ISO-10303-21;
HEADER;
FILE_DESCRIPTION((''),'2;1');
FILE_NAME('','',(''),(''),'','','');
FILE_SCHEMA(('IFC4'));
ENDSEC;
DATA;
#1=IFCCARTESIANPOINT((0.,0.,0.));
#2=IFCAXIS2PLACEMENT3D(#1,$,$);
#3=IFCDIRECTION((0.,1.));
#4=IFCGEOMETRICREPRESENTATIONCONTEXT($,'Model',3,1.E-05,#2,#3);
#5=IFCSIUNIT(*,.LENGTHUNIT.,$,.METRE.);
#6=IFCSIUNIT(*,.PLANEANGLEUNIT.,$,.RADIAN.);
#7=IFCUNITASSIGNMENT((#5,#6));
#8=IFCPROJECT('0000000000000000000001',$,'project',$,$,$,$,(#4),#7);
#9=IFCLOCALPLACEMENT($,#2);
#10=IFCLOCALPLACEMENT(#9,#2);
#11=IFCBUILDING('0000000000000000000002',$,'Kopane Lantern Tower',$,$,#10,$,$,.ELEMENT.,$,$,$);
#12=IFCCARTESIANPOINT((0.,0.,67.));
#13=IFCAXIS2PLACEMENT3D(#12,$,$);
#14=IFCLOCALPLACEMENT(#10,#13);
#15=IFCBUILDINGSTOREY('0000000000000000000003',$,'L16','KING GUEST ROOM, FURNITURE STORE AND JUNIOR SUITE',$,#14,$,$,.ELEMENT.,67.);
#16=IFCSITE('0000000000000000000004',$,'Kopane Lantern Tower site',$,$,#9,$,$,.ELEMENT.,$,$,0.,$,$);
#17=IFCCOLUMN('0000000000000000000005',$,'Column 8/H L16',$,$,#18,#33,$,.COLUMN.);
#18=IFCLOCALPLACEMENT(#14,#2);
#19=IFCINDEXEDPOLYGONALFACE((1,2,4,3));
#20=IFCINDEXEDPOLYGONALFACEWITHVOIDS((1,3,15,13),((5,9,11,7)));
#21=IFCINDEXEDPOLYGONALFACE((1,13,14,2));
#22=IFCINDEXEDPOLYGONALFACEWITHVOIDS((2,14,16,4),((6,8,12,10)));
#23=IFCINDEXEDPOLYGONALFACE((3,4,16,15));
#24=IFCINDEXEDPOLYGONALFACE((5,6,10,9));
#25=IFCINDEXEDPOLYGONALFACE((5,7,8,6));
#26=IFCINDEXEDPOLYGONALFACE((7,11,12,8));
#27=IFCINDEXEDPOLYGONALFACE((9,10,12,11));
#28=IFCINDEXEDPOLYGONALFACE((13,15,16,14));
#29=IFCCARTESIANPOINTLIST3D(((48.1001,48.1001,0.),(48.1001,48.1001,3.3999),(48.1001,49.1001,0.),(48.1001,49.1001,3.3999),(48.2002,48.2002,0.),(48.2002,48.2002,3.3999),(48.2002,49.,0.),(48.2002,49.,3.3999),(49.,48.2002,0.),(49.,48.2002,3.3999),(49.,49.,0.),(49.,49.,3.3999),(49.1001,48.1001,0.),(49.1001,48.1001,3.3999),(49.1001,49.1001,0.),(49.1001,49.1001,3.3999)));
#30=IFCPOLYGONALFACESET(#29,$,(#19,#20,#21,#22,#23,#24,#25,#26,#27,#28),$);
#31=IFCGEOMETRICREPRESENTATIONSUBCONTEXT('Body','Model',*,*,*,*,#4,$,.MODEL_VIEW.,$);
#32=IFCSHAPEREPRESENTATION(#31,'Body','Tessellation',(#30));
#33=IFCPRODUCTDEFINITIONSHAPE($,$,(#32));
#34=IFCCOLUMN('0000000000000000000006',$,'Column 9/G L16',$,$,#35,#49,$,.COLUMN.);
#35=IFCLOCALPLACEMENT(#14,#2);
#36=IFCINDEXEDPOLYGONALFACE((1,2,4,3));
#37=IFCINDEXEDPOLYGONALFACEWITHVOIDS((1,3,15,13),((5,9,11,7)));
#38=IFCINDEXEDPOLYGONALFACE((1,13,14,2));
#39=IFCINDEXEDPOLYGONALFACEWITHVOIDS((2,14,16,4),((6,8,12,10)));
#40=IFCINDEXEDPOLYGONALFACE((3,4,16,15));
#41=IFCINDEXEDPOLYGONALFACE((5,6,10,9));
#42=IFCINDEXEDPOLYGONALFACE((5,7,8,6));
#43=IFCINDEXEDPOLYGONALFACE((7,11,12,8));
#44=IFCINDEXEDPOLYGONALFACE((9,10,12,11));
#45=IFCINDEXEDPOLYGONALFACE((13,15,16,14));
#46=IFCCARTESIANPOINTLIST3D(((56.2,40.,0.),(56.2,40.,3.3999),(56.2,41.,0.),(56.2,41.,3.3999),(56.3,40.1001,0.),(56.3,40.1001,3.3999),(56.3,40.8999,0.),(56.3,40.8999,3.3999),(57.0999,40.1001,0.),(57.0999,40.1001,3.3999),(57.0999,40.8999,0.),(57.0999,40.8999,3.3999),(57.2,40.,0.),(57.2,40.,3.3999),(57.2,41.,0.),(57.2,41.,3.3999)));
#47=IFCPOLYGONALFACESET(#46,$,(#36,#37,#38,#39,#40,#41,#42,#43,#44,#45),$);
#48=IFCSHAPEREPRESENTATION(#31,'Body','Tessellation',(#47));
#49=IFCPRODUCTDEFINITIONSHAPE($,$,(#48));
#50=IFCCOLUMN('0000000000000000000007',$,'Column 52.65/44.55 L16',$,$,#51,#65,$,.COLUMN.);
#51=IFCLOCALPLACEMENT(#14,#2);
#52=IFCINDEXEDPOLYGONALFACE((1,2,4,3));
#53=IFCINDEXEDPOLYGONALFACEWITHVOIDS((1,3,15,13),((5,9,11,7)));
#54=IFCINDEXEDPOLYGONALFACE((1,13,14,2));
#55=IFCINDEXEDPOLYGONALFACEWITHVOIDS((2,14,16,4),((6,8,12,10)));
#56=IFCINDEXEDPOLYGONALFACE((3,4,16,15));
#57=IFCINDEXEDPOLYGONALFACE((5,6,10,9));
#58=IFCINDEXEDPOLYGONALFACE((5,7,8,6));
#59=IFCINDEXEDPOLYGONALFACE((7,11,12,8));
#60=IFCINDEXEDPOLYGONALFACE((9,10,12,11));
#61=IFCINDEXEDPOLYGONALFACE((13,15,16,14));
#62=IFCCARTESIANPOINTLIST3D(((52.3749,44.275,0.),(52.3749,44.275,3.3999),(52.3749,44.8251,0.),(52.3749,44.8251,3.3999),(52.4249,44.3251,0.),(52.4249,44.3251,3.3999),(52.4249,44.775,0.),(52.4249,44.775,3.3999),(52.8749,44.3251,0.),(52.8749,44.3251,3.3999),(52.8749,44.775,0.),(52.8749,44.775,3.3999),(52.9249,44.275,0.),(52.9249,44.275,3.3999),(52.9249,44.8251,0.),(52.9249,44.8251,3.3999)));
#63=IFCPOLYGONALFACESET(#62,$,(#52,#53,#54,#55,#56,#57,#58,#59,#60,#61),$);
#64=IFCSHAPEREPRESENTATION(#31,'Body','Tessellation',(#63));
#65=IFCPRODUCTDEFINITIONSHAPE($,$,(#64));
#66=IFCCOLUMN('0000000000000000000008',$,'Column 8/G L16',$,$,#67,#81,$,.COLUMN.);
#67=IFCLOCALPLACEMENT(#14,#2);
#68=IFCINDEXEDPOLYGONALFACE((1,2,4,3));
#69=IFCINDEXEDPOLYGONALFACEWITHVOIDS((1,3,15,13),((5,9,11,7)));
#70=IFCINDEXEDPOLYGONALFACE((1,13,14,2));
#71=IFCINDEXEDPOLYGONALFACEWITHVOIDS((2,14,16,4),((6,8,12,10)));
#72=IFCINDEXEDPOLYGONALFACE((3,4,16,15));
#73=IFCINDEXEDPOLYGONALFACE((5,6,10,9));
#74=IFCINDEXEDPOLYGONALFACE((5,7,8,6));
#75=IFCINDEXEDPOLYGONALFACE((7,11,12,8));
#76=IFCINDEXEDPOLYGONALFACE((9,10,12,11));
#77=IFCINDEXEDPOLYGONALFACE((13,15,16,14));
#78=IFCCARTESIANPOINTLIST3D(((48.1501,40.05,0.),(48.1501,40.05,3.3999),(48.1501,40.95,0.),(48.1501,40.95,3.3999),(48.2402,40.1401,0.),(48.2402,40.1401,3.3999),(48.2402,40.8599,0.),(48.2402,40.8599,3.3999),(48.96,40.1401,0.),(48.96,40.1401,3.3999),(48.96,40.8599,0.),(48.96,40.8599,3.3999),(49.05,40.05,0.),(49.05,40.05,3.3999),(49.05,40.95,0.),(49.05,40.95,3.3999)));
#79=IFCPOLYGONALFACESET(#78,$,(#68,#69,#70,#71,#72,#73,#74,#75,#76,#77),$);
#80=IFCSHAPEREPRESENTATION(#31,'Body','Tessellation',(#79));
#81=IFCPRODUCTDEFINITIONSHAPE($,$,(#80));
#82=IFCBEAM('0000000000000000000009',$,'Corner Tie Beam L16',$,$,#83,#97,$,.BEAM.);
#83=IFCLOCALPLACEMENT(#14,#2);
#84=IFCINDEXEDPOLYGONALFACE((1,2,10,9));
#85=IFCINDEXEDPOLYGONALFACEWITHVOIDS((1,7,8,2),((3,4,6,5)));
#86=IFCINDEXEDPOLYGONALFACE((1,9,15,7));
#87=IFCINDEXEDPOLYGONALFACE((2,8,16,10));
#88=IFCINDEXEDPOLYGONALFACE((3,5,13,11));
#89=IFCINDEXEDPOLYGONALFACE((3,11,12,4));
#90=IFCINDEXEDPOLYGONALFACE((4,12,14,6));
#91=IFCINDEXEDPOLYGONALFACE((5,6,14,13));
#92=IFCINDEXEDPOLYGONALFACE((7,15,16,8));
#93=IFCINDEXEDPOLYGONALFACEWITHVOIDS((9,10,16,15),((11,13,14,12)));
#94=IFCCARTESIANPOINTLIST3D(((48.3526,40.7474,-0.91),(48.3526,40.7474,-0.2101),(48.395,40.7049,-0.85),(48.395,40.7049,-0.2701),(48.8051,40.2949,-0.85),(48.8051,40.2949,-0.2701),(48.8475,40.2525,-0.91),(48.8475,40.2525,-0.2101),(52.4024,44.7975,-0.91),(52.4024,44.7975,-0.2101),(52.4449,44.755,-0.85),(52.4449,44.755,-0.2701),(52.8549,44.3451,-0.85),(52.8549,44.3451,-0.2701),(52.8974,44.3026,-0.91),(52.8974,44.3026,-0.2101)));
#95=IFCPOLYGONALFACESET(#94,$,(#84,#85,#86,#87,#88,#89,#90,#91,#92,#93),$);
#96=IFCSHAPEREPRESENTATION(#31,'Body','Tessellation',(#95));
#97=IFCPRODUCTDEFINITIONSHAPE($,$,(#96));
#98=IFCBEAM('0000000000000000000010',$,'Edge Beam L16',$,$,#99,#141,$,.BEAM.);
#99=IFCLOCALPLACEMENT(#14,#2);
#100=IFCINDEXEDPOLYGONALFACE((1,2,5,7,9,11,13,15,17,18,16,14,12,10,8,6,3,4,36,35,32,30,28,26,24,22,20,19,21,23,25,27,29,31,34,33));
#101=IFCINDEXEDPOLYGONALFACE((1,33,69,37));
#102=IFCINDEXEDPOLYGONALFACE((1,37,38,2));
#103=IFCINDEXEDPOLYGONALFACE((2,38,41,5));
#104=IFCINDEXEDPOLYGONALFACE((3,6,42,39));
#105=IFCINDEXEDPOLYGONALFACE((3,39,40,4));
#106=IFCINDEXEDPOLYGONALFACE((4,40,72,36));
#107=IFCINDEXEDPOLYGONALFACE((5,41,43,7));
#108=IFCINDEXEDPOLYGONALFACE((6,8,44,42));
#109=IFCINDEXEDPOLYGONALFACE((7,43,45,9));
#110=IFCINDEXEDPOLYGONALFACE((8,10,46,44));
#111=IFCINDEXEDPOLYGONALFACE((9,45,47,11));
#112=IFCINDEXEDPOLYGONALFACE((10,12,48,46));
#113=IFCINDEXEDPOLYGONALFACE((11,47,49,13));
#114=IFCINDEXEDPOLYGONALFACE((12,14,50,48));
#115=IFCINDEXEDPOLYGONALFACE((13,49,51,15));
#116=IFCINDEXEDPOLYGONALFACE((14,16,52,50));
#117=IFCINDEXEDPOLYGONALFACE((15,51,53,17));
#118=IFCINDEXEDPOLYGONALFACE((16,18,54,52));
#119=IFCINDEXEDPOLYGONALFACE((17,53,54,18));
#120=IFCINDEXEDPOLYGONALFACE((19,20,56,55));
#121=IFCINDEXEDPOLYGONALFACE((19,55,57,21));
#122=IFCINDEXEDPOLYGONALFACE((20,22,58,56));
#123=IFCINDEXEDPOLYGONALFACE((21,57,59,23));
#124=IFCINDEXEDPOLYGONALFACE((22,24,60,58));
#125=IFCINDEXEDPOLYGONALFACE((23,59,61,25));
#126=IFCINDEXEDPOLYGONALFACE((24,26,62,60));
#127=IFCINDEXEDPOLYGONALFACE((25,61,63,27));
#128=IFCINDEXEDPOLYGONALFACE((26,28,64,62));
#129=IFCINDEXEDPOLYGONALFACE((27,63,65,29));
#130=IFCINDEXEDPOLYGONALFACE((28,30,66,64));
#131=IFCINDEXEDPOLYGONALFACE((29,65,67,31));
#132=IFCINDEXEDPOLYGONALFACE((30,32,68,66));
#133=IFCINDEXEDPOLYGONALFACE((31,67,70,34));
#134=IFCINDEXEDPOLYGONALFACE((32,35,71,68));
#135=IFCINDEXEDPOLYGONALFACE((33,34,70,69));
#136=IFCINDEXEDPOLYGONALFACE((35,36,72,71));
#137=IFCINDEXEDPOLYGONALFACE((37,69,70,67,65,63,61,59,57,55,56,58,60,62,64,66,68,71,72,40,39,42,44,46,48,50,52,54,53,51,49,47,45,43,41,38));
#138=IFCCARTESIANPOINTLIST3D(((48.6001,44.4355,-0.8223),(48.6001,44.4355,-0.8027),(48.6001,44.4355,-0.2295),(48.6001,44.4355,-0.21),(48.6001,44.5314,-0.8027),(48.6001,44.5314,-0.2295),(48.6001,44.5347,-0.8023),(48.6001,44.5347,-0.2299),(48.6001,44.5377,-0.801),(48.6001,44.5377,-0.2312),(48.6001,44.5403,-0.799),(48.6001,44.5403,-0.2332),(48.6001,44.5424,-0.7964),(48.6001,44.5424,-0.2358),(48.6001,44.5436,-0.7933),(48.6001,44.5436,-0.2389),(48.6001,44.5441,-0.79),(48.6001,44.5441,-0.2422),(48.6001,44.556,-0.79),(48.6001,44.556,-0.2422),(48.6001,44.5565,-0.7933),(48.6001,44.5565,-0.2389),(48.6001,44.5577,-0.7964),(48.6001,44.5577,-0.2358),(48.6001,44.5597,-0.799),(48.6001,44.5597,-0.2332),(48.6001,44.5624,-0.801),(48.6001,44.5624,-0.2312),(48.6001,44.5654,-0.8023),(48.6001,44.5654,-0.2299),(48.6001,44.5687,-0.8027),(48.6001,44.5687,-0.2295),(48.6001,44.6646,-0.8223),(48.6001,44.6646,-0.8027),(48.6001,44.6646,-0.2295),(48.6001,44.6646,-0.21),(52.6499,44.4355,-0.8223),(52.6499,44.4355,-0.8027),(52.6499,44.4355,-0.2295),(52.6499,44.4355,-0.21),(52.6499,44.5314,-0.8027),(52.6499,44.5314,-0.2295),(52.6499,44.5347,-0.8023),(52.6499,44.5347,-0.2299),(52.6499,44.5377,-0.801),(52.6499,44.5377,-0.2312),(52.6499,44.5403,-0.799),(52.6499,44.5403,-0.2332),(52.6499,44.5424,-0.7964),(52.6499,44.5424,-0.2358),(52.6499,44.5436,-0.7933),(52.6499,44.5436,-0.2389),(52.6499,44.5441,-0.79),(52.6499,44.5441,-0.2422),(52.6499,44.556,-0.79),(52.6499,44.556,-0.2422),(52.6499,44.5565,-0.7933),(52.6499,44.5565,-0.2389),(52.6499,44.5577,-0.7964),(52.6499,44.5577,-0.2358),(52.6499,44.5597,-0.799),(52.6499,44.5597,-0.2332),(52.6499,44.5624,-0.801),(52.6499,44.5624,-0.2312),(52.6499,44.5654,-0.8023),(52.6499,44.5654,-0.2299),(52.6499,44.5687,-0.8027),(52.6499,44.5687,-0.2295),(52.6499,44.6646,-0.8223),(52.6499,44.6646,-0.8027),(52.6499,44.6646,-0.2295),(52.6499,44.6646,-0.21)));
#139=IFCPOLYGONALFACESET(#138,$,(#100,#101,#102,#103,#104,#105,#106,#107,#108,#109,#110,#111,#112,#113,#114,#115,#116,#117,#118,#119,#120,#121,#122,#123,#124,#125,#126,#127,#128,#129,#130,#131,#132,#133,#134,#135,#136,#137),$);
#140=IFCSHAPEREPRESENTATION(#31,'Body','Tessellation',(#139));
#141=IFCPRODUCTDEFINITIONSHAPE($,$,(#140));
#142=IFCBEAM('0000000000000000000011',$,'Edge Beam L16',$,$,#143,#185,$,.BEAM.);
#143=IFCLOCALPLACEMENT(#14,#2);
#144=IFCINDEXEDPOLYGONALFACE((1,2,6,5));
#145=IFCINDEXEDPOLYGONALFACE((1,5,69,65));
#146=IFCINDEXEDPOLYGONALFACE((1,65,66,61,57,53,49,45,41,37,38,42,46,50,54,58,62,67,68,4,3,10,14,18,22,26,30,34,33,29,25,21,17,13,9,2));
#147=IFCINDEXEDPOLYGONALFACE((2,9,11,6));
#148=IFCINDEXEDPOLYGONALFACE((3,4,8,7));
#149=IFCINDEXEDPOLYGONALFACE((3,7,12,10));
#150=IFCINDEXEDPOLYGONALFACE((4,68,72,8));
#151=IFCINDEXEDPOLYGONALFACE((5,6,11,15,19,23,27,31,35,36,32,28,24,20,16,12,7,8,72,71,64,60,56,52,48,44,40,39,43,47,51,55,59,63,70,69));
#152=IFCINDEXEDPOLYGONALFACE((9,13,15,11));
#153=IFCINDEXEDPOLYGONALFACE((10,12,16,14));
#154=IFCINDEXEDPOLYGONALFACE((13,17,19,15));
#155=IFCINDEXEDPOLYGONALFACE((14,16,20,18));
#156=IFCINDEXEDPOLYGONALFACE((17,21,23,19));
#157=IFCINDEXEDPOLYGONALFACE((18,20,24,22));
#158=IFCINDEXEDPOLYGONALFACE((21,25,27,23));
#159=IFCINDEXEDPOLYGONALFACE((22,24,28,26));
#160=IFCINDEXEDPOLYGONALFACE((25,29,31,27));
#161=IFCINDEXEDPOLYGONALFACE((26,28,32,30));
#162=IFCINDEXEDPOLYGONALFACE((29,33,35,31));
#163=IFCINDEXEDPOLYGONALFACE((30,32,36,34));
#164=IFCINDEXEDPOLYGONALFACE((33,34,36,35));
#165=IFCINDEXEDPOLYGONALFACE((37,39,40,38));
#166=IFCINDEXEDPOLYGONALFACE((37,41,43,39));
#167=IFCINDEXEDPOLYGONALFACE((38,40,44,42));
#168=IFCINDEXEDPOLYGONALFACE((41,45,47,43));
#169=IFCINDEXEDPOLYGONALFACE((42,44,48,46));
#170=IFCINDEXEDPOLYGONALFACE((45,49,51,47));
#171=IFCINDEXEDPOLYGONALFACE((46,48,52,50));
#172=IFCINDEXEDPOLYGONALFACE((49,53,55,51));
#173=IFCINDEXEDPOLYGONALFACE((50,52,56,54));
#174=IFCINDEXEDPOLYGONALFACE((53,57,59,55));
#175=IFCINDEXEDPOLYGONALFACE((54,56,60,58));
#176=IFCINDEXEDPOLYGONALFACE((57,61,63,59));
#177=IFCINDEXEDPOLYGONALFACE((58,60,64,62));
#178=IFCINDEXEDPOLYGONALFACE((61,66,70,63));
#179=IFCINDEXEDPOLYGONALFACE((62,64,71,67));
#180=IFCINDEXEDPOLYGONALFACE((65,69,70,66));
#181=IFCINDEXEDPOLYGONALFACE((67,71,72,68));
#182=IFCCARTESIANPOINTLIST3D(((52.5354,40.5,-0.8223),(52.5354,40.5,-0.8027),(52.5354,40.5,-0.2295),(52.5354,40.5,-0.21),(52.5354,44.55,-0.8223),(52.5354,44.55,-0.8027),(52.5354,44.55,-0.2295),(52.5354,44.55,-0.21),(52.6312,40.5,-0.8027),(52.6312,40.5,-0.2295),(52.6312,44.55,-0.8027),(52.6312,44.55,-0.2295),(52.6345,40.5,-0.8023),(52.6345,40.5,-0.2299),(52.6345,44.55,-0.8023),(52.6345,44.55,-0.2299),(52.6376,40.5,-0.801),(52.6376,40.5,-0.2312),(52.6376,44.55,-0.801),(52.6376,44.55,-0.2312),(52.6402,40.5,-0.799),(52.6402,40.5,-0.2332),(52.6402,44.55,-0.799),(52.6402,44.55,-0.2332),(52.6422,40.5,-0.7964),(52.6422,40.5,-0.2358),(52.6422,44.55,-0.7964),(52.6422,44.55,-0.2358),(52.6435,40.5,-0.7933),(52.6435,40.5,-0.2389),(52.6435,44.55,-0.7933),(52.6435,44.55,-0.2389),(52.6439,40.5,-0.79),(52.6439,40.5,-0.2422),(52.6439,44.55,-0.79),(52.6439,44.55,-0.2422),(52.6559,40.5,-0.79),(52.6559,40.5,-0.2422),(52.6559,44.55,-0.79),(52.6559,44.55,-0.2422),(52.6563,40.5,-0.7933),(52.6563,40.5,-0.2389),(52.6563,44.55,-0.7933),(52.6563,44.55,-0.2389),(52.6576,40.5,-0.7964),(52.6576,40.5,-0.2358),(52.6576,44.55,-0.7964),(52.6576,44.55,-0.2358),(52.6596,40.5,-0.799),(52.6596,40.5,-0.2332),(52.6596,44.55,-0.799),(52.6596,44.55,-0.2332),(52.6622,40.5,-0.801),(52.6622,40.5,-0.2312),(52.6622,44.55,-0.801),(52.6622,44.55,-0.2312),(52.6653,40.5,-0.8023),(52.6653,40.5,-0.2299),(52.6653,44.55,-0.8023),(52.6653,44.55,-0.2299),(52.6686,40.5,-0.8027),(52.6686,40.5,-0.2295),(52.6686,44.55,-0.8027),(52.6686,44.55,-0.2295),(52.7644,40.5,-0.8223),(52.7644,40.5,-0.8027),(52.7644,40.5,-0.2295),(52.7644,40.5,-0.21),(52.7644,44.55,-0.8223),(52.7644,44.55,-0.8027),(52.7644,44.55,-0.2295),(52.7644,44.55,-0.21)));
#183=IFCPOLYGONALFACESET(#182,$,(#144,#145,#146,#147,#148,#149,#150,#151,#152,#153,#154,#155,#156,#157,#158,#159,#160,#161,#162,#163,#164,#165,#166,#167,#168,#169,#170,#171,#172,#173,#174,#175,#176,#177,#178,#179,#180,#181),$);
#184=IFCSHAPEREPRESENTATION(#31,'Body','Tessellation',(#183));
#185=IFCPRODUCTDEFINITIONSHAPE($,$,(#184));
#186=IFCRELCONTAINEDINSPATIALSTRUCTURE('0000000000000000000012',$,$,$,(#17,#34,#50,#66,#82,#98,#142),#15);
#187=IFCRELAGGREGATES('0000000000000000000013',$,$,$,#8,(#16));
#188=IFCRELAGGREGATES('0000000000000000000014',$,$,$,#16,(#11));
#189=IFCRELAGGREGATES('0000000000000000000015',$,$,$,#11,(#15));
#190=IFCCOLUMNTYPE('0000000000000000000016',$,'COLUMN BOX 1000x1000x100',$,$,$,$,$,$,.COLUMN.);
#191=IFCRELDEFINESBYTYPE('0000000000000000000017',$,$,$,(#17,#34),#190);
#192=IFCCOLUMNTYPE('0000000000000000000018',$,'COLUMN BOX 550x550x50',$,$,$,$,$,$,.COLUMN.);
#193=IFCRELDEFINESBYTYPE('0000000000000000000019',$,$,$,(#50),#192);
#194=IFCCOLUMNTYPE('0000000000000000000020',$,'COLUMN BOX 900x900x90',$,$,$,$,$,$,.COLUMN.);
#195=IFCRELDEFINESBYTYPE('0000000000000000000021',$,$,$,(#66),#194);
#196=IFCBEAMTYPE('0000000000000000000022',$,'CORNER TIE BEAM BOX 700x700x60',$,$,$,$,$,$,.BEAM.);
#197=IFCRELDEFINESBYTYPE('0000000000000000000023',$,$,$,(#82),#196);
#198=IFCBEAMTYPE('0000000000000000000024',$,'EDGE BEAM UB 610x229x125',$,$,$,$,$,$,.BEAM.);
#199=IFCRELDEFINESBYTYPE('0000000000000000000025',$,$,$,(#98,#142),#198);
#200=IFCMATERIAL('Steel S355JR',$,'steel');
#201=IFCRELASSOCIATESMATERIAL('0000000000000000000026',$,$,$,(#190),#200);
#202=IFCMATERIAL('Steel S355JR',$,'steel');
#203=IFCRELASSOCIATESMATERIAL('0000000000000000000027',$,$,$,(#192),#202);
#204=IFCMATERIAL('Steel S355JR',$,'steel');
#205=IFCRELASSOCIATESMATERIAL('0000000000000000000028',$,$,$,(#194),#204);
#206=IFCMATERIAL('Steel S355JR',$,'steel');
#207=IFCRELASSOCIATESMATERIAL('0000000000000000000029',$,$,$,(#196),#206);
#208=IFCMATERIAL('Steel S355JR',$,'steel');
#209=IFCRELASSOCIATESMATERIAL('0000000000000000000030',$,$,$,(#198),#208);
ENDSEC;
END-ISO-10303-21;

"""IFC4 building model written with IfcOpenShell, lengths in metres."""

from ifc_helpers import new_model, si_unit, direction, frame, origin, origin_2d, place, context, subcontext, project, spatial, hollow_rectangle, i_section, extrude, material, material_profile, profile_set, type_object, element, save


model = new_model("IFC4")

# Units and contexts
model_context = context("Model", 3, precision=1e-05, world=origin(), true_north=direction((0.0, 1.0)))
body_context = subcontext(model_context, "Body", "Model", "MODEL_VIEW")
ifc_project = project(units=[si_unit("LENGTHUNIT", "METRE"), si_unit("PLANEANGLEUNIT", "RADIAN")], contexts=[model_context])

# Site, building, storey
site_placement = place(None, origin())
site = spatial("IfcSite", under=ifc_project, at=site_placement, Name="Kopane Lantern Tower site", CompositionType="ELEMENT", RefElevation=0.0)
building_placement = place(site_placement, origin())
building = spatial("IfcBuilding", under=site, at=building_placement, Name="Kopane Lantern Tower", CompositionType="ELEMENT")
storey_placement = place(building_placement, frame((0.0, 0.0, 67.0)))
storey = spatial("IfcBuildingStorey", under=building, at=storey_placement, Name="L16", Description="KING GUEST ROOM, FURNITURE STORE AND JUNIOR SUITE", CompositionType="ELEMENT", Elevation=67.0)

# Columns
ifc_material_1 = material(Name="Steel S355JR", Category="steel")
ifc_material_profile_1 = material_profile(ifc_material_1, hollow_rectangle(XDim=1.0, YDim=1.0, WallThickness=0.1001, at=origin_2d()), Name="BOX 1000x1000x100")
ifc_profile_set_1 = profile_set([ifc_material_profile_1], Name="Steel S355JR")
column_type_1 = type_object("IfcColumnType", Name="COLUMN BOX 1000x1000x100", PredefinedType="COLUMN", material=ifc_profile_set_1)
for number, where, z_axis, x_axis, name in (
    (1, (48.6001, 48.6001, 0.0), (0.0, 0.0, 1.0), (1.0, 0.0, 0.0), "Column 8/H L16"),
    (2, (56.7, 40.5, 0.0), (0.0, 0.0, 1.0), (1.0, 0.0, 0.0), "Column 9/G L16"),
):
    element("IfcColumn", number, at=place(storey_placement, frame(where, z_axis=z_axis, x_axis=x_axis)), inside=storey, type_object=column_type_1, Name=name, PredefinedType="COLUMN", context=body_context, shape_type="SweptSolid", body=[
        extrude(hollow_rectangle(XDim=1.0, YDim=1.0, WallThickness=0.1001, at=origin_2d()), origin(), (0.0, 0.0, 1.0), 3.3999),
    ])
ifc_material_2 = material(Name="Steel S355JR", Category="steel")
ifc_material_profile_2 = material_profile(ifc_material_2, hollow_rectangle(XDim=0.55, YDim=0.55, WallThickness=0.05, at=origin_2d()), Name="BOX 550x550x50")
ifc_profile_set_2 = profile_set([ifc_material_profile_2], Name="Steel S355JR")
column_type_2 = type_object("IfcColumnType", Name="COLUMN BOX 550x550x50", PredefinedType="COLUMN", material=ifc_profile_set_2)
column_1_placement = place(storey_placement, frame((52.6499, 44.55, 0.0), z_axis=(0.0, 0.0, 1.0), x_axis=(1.0, 0.0, 0.0)))
element("IfcColumn", 3, at=column_1_placement, inside=storey, type_object=column_type_2, Name="Column 52.65/44.55 L16", PredefinedType="COLUMN", context=body_context, shape_type="SweptSolid", body=[
    extrude(hollow_rectangle(XDim=0.55, YDim=0.55, WallThickness=0.05, at=origin_2d()), origin(), (0.0, 0.0, 1.0), 3.3999),
])
ifc_material_3 = material(Name="Steel S355JR", Category="steel")
ifc_material_profile_3 = material_profile(ifc_material_3, hollow_rectangle(XDim=0.8999, YDim=0.8999, WallThickness=0.0901, at=origin_2d()), Name="BOX 900x900x90")
ifc_profile_set_3 = profile_set([ifc_material_profile_3], Name="Steel S355JR")
column_type_3 = type_object("IfcColumnType", Name="COLUMN BOX 900x900x90", PredefinedType="COLUMN", material=ifc_profile_set_3)
column_2_placement = place(storey_placement, frame((48.6001, 40.5, 0.0), z_axis=(0.0, 0.0, 1.0), x_axis=(1.0, 0.0, 0.0)))
element("IfcColumn", 4, at=column_2_placement, inside=storey, type_object=column_type_3, Name="Column 8/G L16", PredefinedType="COLUMN", context=body_context, shape_type="SweptSolid", body=[
    extrude(hollow_rectangle(XDim=0.8999, YDim=0.8999, WallThickness=0.0901, at=origin_2d()), origin(), (0.0, 0.0, 1.0), 3.3999),
])

# Beams
ifc_material_4 = material(Name="Steel S355JR", Category="steel")
ifc_material_profile_4 = material_profile(ifc_material_4, hollow_rectangle(XDim=0.7, YDim=0.7, WallThickness=0.0601, at=origin_2d()), Name="BOX 700x700x60")
ifc_profile_set_4 = profile_set([ifc_material_profile_4], Name="Steel S355JR")
beam_type_1 = type_object("IfcBeamType", Name="CORNER TIE BEAM BOX 700x700x60", PredefinedType="BEAM", material=ifc_profile_set_4)
beam_1_placement = place(storey_placement, frame((52.6499, 44.55, -0.5601), z_axis=(-0.707085, -0.707128, 0.0), x_axis=(0.707128, -0.707085, 0.0)))
element("IfcBeam", 5, at=beam_1_placement, inside=storey, type_object=beam_type_1, Name="Corner Tie Beam L16", PredefinedType="BEAM", context=body_context, shape_type="SweptSolid", body=[
    extrude(hollow_rectangle(XDim=0.7, YDim=0.7, WallThickness=0.0601, at=origin_2d()), origin(), (0.0, 0.0, 1.0), 5.7275),
])
ifc_material_5 = material(Name="Steel S355JR", Category="steel")
ifc_material_profile_5 = material_profile(ifc_material_5, i_section(OverallWidth=0.229, OverallDepth=0.6123, WebThickness=0.012, FlangeThickness=0.0195, FilletRadius=0.0127, at=origin_2d()), Name="UB 610x229x125")
ifc_profile_set_5 = profile_set([ifc_material_profile_5], Name="Steel S355JR")
beam_type_2 = type_object("IfcBeamType", Name="EDGE BEAM UB 610x229x125", PredefinedType="BEAM", material=ifc_profile_set_5)
beam_2_placement = place(storey_placement, frame((52.6499, 44.55, -0.5161), z_axis=(-1.0, 0.0, 0.0), x_axis=(0.0, -1.0, 0.0)))
element("IfcBeam", 6, at=beam_2_placement, inside=storey, type_object=beam_type_2, Name="Edge Beam L16", PredefinedType="BEAM", context=body_context, shape_type="SweptSolid", body=[
    extrude(i_section(OverallWidth=0.229, OverallDepth=0.6123, WebThickness=0.012, FlangeThickness=0.0195, FilletRadius=0.0127, at=origin_2d()), origin(), (0.0, 0.0, 1.0), 4.0498),
])
beam_3_placement = place(storey_placement, frame((52.6499, 44.55, -0.5161), z_axis=(0.0, -1.0, 0.0), x_axis=(1.0, 0.0, 0.0)))
element("IfcBeam", 7, at=beam_3_placement, inside=storey, type_object=beam_type_2, Name="Edge Beam L16", PredefinedType="BEAM", context=body_context, shape_type="SweptSolid", body=[
    extrude(i_section(OverallWidth=0.229, OverallDepth=0.6123, WebThickness=0.012, FlangeThickness=0.0195, FilletRadius=0.0127, at=origin_2d()), origin(), (0.0, 0.0, 1.0), 4.05),
])

save(model, "model.ifc")
